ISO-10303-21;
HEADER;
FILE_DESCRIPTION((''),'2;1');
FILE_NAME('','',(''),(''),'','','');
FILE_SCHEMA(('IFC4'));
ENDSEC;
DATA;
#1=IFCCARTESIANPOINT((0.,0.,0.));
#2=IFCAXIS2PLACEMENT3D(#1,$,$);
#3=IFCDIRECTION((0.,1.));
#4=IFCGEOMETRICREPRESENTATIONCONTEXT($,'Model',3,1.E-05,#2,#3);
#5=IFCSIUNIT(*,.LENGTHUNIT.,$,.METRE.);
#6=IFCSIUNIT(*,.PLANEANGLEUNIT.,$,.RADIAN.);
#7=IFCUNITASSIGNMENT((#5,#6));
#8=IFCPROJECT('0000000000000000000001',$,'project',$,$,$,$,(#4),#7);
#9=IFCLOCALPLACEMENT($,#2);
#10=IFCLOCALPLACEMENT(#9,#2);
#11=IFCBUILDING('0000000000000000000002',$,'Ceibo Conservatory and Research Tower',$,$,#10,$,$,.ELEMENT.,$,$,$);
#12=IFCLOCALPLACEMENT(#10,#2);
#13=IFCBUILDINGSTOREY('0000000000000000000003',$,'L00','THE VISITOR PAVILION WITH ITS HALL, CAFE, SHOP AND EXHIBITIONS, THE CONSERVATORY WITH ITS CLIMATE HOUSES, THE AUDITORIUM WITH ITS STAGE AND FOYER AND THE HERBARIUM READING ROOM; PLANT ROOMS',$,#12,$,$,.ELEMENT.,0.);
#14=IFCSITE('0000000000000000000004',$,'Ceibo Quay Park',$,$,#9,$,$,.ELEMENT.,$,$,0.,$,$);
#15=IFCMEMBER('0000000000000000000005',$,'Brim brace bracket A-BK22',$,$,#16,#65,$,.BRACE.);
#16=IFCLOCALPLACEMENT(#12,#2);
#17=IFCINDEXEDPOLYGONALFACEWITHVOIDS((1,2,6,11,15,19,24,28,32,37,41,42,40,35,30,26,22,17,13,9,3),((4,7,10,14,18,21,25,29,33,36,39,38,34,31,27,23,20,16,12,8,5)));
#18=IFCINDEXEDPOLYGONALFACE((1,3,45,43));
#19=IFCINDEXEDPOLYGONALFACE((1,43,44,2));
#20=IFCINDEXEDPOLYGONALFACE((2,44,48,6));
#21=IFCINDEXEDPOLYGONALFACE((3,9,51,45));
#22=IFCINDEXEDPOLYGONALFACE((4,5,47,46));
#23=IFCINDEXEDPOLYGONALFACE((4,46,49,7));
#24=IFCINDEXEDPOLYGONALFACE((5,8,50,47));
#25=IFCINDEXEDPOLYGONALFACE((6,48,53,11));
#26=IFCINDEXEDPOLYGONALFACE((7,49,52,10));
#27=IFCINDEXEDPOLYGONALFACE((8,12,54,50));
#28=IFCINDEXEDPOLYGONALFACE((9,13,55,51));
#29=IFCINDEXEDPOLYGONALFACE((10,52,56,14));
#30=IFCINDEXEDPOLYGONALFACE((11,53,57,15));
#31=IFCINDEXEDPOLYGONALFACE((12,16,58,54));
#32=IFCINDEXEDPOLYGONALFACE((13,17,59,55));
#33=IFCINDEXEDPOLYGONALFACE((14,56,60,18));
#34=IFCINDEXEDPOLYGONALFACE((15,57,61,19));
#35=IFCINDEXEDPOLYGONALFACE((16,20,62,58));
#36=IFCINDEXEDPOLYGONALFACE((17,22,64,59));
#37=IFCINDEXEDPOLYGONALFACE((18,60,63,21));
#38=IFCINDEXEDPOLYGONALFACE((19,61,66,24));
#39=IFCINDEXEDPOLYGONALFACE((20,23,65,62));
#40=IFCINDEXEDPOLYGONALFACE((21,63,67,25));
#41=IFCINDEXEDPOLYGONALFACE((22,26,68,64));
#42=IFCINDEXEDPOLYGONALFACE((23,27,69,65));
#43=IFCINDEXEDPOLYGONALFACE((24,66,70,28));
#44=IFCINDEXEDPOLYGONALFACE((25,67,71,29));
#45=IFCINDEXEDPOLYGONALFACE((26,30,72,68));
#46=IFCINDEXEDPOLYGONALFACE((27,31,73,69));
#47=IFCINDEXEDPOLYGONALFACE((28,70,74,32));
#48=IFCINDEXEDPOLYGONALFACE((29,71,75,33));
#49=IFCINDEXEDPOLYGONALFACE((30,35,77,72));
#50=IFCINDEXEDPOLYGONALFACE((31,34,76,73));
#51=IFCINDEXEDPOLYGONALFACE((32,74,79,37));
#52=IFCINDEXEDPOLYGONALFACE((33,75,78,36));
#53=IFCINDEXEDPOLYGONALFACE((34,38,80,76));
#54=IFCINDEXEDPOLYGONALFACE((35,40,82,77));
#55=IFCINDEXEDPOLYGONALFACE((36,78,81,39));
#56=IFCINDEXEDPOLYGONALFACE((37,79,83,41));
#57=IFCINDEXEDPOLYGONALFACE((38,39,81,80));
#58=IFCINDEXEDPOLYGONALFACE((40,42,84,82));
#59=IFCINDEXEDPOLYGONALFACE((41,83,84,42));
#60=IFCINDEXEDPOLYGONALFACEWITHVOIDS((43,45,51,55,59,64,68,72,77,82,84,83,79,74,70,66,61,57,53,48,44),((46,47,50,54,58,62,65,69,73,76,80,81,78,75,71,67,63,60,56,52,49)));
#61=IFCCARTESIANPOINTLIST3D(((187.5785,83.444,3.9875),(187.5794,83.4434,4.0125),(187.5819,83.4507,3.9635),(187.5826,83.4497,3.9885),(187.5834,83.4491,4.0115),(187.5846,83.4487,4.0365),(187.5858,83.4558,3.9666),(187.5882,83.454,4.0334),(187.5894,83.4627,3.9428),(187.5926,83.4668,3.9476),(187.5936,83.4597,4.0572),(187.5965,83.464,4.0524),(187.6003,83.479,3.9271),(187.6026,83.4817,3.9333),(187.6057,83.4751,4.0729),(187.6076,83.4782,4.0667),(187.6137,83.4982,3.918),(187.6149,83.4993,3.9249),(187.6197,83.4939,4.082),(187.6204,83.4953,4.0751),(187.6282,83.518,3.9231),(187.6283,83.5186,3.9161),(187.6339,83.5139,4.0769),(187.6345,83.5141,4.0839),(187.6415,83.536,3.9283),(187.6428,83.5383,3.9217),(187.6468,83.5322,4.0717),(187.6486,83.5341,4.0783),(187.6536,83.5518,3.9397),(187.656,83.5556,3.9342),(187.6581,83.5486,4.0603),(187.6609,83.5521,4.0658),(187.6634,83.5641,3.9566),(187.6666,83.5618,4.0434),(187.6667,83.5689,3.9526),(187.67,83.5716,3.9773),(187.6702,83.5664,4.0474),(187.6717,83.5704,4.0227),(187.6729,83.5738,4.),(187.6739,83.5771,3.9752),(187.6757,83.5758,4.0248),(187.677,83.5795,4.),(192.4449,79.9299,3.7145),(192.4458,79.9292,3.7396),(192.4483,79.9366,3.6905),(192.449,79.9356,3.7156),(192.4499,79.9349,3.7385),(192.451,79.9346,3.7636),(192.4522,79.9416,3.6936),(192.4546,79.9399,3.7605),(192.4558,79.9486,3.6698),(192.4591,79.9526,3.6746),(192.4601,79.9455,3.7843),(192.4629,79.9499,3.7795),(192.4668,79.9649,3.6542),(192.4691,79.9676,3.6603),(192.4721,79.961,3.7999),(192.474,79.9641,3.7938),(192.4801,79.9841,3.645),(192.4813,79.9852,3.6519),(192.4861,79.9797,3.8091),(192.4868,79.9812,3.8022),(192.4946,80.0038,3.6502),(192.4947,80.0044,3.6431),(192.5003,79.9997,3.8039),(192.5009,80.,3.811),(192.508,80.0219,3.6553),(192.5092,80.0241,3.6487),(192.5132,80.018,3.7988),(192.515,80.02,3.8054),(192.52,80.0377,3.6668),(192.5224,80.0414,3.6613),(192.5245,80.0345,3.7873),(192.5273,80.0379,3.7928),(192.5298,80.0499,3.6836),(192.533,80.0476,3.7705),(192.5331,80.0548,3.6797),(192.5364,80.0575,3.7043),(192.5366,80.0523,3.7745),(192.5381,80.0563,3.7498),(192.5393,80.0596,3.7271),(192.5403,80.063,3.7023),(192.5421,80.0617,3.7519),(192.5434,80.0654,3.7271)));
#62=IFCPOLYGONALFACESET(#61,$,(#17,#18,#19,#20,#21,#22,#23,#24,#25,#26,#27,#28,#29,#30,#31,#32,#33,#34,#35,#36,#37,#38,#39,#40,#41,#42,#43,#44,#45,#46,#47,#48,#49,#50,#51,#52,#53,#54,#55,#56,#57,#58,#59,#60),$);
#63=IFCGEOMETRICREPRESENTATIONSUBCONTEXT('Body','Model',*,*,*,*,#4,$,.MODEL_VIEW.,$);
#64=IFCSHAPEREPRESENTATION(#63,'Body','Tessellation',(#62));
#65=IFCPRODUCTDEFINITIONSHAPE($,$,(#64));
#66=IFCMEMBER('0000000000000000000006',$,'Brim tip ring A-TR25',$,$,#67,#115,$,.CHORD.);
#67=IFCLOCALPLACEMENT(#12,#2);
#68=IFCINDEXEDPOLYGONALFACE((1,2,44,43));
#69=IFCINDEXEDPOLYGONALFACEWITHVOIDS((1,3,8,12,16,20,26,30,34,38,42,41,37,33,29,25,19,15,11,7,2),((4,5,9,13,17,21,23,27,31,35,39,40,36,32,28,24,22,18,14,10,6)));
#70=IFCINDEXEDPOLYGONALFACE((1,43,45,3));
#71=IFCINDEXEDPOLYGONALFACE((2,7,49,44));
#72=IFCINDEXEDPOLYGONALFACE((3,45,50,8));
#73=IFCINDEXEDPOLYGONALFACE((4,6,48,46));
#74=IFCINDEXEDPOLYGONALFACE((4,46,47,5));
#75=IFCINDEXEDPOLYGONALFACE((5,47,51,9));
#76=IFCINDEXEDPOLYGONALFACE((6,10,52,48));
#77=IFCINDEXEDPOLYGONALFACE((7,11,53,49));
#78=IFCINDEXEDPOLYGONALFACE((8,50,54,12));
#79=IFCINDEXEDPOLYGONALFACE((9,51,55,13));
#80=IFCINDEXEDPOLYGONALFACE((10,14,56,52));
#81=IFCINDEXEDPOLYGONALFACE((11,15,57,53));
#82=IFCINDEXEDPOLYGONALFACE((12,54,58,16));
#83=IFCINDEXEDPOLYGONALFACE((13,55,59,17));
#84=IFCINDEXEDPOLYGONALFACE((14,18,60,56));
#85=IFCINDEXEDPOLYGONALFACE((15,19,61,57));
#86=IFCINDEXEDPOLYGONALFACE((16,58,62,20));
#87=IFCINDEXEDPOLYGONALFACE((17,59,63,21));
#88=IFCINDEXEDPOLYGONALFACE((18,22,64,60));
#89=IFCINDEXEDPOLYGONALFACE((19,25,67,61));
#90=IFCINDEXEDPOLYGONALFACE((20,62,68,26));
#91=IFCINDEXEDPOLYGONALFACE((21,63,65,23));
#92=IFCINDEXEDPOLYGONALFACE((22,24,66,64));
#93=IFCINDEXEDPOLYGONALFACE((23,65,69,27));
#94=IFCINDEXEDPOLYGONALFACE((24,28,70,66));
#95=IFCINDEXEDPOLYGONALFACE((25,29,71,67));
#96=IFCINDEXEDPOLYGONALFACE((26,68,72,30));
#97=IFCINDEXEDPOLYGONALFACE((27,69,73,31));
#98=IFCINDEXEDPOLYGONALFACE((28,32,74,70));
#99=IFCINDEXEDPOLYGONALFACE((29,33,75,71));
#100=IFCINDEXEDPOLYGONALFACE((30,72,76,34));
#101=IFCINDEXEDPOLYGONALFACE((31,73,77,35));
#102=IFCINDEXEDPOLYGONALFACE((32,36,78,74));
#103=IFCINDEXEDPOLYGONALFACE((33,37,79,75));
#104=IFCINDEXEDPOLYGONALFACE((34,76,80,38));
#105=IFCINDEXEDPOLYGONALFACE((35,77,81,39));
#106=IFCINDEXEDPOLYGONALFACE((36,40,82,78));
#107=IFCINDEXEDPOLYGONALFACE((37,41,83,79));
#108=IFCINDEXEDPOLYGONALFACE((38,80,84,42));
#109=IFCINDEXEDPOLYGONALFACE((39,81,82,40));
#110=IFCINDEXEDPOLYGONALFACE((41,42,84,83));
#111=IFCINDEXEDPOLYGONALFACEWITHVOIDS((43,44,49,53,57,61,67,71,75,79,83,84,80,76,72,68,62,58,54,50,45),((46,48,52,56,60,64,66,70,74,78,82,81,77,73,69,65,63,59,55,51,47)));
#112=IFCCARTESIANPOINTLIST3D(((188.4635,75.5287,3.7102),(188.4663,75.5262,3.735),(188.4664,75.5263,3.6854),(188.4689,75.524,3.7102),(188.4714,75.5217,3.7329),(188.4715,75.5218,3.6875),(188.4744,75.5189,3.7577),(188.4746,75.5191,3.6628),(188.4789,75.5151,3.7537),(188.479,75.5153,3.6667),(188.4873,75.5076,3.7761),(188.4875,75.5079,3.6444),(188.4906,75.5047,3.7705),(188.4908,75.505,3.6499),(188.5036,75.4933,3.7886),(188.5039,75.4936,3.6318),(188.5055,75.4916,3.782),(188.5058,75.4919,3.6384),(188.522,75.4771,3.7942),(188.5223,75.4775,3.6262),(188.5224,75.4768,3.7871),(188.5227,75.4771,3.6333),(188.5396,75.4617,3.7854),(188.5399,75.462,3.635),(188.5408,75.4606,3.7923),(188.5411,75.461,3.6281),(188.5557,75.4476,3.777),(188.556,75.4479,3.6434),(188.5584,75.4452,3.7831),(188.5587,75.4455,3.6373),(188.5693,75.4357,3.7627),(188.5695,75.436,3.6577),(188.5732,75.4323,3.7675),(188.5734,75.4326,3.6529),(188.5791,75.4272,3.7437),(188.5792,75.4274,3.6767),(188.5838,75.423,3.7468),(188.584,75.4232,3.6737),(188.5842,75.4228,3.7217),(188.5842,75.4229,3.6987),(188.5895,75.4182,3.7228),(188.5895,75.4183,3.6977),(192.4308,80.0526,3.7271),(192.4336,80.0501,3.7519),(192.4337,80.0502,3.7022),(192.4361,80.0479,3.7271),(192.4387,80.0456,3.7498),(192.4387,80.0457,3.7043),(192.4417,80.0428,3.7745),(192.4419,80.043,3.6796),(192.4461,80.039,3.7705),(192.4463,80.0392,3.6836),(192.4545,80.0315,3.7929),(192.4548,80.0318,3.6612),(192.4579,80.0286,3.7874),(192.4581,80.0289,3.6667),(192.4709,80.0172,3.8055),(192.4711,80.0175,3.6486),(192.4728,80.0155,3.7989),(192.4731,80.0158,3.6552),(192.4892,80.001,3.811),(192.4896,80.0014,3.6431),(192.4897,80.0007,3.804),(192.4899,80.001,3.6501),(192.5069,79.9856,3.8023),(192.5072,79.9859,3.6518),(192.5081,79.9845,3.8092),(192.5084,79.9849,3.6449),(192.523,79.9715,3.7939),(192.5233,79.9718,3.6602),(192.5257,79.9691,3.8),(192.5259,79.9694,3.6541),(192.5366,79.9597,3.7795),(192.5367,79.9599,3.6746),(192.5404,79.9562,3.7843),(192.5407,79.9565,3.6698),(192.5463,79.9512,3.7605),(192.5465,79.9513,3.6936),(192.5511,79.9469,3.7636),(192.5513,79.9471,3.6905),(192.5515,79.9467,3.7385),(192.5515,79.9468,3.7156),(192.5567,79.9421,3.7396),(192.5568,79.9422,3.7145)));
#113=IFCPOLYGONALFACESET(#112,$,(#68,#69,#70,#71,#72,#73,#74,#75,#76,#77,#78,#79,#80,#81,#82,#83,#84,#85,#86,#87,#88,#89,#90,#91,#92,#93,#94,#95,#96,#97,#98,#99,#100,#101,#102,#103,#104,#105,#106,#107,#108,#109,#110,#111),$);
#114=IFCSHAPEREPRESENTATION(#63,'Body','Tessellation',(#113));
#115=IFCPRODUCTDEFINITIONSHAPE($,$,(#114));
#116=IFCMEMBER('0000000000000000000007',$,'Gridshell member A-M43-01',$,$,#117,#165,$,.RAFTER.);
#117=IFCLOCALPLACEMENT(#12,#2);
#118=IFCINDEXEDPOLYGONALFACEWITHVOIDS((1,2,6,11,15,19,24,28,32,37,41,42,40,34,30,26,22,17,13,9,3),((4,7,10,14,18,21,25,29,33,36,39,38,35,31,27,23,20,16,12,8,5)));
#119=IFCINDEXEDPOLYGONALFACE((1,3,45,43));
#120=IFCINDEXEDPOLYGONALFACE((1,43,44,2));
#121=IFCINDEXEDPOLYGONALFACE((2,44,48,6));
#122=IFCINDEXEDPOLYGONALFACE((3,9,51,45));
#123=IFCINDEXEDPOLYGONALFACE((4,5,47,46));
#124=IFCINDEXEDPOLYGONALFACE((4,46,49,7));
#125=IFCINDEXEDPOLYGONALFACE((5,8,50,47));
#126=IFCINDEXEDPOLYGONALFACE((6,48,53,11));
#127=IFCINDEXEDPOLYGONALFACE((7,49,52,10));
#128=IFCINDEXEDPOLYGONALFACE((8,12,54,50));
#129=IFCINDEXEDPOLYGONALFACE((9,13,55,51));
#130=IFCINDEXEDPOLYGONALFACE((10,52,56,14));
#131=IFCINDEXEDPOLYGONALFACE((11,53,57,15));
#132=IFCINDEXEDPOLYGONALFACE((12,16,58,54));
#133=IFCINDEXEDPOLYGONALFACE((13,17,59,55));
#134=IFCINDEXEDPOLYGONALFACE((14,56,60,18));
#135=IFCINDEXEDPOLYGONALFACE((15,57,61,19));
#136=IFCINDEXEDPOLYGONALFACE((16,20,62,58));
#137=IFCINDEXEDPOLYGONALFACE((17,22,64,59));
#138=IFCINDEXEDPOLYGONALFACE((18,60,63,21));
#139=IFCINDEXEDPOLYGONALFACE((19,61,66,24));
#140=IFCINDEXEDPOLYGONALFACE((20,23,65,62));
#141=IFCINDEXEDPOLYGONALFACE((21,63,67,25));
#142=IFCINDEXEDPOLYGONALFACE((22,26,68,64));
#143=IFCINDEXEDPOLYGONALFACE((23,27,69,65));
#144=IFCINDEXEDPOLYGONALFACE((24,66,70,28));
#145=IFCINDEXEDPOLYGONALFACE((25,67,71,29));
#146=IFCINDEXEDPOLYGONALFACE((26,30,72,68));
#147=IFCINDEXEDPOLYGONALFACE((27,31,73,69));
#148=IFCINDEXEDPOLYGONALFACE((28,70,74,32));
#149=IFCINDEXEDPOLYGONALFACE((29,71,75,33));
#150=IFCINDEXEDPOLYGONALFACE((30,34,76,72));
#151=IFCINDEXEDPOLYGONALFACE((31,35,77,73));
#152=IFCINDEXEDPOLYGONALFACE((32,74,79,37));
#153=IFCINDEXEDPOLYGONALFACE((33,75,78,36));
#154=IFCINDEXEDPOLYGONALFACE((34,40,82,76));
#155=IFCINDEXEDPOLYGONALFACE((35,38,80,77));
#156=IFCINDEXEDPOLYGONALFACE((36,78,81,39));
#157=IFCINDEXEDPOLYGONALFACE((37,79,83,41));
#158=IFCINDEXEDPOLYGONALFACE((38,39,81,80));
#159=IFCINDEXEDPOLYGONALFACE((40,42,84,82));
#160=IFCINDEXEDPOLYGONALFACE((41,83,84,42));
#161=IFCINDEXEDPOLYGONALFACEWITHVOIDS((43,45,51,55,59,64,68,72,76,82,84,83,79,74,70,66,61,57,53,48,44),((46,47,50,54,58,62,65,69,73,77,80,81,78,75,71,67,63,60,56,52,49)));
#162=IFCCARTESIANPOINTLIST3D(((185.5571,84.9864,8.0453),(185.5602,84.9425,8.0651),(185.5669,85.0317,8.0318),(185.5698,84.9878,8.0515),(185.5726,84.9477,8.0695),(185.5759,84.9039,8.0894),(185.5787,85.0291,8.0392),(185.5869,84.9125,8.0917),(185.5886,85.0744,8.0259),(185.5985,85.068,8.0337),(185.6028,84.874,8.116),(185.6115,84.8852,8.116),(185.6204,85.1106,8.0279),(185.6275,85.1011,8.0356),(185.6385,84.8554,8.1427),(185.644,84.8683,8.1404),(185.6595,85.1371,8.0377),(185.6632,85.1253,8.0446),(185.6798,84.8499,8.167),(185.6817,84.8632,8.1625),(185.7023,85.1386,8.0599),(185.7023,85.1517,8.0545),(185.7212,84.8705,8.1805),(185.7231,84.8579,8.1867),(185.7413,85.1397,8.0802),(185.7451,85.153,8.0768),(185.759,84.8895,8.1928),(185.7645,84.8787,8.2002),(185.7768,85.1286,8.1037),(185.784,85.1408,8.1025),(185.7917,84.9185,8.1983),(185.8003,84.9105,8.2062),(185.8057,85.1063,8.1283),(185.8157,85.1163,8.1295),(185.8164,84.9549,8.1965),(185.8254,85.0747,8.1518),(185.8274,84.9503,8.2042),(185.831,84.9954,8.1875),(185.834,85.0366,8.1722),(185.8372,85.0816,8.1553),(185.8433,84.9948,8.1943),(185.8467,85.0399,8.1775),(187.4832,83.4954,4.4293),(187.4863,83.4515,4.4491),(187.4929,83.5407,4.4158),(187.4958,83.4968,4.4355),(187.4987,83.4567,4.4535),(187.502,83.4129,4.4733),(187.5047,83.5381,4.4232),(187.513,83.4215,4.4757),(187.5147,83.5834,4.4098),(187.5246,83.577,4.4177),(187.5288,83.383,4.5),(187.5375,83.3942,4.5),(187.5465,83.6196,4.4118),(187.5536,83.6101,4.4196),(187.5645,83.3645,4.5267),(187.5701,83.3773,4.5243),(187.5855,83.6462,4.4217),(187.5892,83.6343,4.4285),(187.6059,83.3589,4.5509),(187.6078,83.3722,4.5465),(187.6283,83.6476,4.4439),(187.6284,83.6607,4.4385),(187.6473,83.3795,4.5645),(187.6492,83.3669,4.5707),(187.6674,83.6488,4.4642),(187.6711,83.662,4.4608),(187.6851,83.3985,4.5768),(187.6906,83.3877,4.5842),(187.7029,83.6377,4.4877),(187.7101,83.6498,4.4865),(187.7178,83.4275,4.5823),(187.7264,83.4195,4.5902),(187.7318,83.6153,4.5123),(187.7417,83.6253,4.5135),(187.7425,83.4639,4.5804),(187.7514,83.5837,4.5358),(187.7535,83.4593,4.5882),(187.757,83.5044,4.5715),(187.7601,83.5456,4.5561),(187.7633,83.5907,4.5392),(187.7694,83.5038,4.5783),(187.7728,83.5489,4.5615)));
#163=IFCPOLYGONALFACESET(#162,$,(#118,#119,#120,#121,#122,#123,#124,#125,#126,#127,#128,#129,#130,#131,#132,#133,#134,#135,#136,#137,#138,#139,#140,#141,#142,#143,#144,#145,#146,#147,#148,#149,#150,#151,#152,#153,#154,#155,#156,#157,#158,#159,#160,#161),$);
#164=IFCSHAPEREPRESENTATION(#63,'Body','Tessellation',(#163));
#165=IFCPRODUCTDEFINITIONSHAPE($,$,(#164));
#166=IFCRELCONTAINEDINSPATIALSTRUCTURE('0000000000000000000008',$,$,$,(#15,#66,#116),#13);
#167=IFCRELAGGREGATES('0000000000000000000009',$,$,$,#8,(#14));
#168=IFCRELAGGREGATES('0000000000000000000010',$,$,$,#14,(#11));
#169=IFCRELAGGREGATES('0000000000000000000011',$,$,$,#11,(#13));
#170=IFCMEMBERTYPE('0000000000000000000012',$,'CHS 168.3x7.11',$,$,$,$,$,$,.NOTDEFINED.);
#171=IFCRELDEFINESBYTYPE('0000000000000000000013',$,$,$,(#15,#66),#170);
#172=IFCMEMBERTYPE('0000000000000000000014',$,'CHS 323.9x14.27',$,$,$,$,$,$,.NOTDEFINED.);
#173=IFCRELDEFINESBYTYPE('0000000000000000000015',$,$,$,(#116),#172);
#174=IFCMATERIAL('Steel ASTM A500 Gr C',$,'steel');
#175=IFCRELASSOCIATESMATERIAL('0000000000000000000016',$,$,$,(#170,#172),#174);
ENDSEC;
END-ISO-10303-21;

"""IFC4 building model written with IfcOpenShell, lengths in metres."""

from ifc_helpers import new_model, si_unit, direction, frame, origin, origin_2d, place, context, subcontext, project, spatial, hollow_circle, extrude, material, material_profile, profile_set, type_object, element, save


model = new_model("IFC4")

# Units and contexts
model_context = context("Model", 3, precision=1e-05, world=origin(), true_north=direction((0.0, 1.0)))
body_context = subcontext(model_context, "Body", "Model", "MODEL_VIEW")
ifc_project = project(units=[si_unit("LENGTHUNIT", "METRE"), si_unit("PLANEANGLEUNIT", "RADIAN")], contexts=[model_context])

# Site, building, storey
site_placement = place(None, origin())
site = spatial("IfcSite", under=ifc_project, at=site_placement, Name="Ceibo Quay Park", CompositionType="ELEMENT", RefElevation=0.0)
building_placement = place(site_placement, origin())
building = spatial("IfcBuilding", under=site, at=building_placement, Name="Ceibo Conservatory and Research Tower", CompositionType="ELEMENT")
storey_placement = place(building_placement, origin())
storey = spatial("IfcBuildingStorey", under=building, at=storey_placement, Name="L00", Description="THE VISITOR PAVILION WITH ITS HALL, CAFE, SHOP AND EXHIBITIONS, THE CONSERVATORY WITH ITS CLIMATE HOUSES, THE AUDITORIUM WITH ITS STAGE AND FOYER AND THE HERBARIUM READING ROOM; PLANT ROOMS", CompositionType="ELEMENT", Elevation=0.0)

# Shared definitions
ifc_material_1 = material(Name="Steel ASTM A500 Gr C", Category="steel")

# Members
ifc_material_profile_1 = material_profile(ifc_material_1, hollow_circle(Radius=0.0842, WallThickness=0.0071, at=origin_2d()), Name="CHS 168.3x7.11")
ifc_profile_set_1 = profile_set([ifc_material_profile_1], Name="Steel ASTM A500 Gr C")
member_type_1 = type_object("IfcMemberType", Name="CHS 168.3x7.11", PredefinedType="NOTDEFINED", material=ifc_profile_set_1)
member_1_placement = place(storey_placement, frame((187.6277, 83.5112, 4.0), z_axis=(0.809882, -0.584831, -0.045425), x_axis=(0.585436, 0.810719, 0.0)))
element("IfcMember", 1, at=member_1_placement, inside=storey, type_object=member_type_1, Name="Brim brace bracket A-BK22", PredefinedType="BRACE", context=body_context, shape_type="SweptSolid", body=[
    extrude(hollow_circle(Radius=0.0842, WallThickness=0.0071, at=origin_2d()), origin(), (0.0, 0.0, 1.0), 6.0088),
])
member_2_placement = place(storey_placement, frame((188.5269, 75.4731, 3.7102), z_axis=(0.659335, 0.751844, 0.0028), x_axis=(-0.751847, 0.659337, 0.0)))
element("IfcMember", 2, at=member_2_placement, inside=storey, type_object=member_type_1, Name="Brim tip ring A-TR25", PredefinedType="CHORD", context=body_context, shape_type="SweptSolid", body=[
    extrude(hollow_circle(Radius=0.0842, WallThickness=0.0071, at=origin_2d()), origin(), (0.0, 0.0, 1.0), 6.0171),
])
ifc_material_profile_2 = material_profile(ifc_material_1, hollow_circle(Radius=0.1619, WallThickness=0.0142, at=origin_2d()), Name="CHS 323.9x14.27")
ifc_profile_set_2 = profile_set([ifc_material_profile_2], Name="Steel ASTM A500 Gr C")
member_type_2 = type_object("IfcMemberType", Name="CHS 323.9x14.27", PredefinedType="NOTDEFINED", material=ifc_profile_set_2)
member_3_placement = place(storey_placement, frame((187.6279, 83.511, 4.5), z_axis=(-0.44177, 0.341981, 0.82939), x_axis=(-0.612135, -0.790753, 0.0)))
element("IfcMember", 3, at=member_3_placement, inside=storey, type_object=member_type_2, Name="Gridshell member A-M43-01", PredefinedType="RAFTER", context=body_context, shape_type="SweptSolid", body=[
    extrude(hollow_circle(Radius=0.1619, WallThickness=0.0142, at=origin_2d()), origin(), (0.0, 0.0, 1.0), 4.3599),
])

save(model, "model.ifc")
